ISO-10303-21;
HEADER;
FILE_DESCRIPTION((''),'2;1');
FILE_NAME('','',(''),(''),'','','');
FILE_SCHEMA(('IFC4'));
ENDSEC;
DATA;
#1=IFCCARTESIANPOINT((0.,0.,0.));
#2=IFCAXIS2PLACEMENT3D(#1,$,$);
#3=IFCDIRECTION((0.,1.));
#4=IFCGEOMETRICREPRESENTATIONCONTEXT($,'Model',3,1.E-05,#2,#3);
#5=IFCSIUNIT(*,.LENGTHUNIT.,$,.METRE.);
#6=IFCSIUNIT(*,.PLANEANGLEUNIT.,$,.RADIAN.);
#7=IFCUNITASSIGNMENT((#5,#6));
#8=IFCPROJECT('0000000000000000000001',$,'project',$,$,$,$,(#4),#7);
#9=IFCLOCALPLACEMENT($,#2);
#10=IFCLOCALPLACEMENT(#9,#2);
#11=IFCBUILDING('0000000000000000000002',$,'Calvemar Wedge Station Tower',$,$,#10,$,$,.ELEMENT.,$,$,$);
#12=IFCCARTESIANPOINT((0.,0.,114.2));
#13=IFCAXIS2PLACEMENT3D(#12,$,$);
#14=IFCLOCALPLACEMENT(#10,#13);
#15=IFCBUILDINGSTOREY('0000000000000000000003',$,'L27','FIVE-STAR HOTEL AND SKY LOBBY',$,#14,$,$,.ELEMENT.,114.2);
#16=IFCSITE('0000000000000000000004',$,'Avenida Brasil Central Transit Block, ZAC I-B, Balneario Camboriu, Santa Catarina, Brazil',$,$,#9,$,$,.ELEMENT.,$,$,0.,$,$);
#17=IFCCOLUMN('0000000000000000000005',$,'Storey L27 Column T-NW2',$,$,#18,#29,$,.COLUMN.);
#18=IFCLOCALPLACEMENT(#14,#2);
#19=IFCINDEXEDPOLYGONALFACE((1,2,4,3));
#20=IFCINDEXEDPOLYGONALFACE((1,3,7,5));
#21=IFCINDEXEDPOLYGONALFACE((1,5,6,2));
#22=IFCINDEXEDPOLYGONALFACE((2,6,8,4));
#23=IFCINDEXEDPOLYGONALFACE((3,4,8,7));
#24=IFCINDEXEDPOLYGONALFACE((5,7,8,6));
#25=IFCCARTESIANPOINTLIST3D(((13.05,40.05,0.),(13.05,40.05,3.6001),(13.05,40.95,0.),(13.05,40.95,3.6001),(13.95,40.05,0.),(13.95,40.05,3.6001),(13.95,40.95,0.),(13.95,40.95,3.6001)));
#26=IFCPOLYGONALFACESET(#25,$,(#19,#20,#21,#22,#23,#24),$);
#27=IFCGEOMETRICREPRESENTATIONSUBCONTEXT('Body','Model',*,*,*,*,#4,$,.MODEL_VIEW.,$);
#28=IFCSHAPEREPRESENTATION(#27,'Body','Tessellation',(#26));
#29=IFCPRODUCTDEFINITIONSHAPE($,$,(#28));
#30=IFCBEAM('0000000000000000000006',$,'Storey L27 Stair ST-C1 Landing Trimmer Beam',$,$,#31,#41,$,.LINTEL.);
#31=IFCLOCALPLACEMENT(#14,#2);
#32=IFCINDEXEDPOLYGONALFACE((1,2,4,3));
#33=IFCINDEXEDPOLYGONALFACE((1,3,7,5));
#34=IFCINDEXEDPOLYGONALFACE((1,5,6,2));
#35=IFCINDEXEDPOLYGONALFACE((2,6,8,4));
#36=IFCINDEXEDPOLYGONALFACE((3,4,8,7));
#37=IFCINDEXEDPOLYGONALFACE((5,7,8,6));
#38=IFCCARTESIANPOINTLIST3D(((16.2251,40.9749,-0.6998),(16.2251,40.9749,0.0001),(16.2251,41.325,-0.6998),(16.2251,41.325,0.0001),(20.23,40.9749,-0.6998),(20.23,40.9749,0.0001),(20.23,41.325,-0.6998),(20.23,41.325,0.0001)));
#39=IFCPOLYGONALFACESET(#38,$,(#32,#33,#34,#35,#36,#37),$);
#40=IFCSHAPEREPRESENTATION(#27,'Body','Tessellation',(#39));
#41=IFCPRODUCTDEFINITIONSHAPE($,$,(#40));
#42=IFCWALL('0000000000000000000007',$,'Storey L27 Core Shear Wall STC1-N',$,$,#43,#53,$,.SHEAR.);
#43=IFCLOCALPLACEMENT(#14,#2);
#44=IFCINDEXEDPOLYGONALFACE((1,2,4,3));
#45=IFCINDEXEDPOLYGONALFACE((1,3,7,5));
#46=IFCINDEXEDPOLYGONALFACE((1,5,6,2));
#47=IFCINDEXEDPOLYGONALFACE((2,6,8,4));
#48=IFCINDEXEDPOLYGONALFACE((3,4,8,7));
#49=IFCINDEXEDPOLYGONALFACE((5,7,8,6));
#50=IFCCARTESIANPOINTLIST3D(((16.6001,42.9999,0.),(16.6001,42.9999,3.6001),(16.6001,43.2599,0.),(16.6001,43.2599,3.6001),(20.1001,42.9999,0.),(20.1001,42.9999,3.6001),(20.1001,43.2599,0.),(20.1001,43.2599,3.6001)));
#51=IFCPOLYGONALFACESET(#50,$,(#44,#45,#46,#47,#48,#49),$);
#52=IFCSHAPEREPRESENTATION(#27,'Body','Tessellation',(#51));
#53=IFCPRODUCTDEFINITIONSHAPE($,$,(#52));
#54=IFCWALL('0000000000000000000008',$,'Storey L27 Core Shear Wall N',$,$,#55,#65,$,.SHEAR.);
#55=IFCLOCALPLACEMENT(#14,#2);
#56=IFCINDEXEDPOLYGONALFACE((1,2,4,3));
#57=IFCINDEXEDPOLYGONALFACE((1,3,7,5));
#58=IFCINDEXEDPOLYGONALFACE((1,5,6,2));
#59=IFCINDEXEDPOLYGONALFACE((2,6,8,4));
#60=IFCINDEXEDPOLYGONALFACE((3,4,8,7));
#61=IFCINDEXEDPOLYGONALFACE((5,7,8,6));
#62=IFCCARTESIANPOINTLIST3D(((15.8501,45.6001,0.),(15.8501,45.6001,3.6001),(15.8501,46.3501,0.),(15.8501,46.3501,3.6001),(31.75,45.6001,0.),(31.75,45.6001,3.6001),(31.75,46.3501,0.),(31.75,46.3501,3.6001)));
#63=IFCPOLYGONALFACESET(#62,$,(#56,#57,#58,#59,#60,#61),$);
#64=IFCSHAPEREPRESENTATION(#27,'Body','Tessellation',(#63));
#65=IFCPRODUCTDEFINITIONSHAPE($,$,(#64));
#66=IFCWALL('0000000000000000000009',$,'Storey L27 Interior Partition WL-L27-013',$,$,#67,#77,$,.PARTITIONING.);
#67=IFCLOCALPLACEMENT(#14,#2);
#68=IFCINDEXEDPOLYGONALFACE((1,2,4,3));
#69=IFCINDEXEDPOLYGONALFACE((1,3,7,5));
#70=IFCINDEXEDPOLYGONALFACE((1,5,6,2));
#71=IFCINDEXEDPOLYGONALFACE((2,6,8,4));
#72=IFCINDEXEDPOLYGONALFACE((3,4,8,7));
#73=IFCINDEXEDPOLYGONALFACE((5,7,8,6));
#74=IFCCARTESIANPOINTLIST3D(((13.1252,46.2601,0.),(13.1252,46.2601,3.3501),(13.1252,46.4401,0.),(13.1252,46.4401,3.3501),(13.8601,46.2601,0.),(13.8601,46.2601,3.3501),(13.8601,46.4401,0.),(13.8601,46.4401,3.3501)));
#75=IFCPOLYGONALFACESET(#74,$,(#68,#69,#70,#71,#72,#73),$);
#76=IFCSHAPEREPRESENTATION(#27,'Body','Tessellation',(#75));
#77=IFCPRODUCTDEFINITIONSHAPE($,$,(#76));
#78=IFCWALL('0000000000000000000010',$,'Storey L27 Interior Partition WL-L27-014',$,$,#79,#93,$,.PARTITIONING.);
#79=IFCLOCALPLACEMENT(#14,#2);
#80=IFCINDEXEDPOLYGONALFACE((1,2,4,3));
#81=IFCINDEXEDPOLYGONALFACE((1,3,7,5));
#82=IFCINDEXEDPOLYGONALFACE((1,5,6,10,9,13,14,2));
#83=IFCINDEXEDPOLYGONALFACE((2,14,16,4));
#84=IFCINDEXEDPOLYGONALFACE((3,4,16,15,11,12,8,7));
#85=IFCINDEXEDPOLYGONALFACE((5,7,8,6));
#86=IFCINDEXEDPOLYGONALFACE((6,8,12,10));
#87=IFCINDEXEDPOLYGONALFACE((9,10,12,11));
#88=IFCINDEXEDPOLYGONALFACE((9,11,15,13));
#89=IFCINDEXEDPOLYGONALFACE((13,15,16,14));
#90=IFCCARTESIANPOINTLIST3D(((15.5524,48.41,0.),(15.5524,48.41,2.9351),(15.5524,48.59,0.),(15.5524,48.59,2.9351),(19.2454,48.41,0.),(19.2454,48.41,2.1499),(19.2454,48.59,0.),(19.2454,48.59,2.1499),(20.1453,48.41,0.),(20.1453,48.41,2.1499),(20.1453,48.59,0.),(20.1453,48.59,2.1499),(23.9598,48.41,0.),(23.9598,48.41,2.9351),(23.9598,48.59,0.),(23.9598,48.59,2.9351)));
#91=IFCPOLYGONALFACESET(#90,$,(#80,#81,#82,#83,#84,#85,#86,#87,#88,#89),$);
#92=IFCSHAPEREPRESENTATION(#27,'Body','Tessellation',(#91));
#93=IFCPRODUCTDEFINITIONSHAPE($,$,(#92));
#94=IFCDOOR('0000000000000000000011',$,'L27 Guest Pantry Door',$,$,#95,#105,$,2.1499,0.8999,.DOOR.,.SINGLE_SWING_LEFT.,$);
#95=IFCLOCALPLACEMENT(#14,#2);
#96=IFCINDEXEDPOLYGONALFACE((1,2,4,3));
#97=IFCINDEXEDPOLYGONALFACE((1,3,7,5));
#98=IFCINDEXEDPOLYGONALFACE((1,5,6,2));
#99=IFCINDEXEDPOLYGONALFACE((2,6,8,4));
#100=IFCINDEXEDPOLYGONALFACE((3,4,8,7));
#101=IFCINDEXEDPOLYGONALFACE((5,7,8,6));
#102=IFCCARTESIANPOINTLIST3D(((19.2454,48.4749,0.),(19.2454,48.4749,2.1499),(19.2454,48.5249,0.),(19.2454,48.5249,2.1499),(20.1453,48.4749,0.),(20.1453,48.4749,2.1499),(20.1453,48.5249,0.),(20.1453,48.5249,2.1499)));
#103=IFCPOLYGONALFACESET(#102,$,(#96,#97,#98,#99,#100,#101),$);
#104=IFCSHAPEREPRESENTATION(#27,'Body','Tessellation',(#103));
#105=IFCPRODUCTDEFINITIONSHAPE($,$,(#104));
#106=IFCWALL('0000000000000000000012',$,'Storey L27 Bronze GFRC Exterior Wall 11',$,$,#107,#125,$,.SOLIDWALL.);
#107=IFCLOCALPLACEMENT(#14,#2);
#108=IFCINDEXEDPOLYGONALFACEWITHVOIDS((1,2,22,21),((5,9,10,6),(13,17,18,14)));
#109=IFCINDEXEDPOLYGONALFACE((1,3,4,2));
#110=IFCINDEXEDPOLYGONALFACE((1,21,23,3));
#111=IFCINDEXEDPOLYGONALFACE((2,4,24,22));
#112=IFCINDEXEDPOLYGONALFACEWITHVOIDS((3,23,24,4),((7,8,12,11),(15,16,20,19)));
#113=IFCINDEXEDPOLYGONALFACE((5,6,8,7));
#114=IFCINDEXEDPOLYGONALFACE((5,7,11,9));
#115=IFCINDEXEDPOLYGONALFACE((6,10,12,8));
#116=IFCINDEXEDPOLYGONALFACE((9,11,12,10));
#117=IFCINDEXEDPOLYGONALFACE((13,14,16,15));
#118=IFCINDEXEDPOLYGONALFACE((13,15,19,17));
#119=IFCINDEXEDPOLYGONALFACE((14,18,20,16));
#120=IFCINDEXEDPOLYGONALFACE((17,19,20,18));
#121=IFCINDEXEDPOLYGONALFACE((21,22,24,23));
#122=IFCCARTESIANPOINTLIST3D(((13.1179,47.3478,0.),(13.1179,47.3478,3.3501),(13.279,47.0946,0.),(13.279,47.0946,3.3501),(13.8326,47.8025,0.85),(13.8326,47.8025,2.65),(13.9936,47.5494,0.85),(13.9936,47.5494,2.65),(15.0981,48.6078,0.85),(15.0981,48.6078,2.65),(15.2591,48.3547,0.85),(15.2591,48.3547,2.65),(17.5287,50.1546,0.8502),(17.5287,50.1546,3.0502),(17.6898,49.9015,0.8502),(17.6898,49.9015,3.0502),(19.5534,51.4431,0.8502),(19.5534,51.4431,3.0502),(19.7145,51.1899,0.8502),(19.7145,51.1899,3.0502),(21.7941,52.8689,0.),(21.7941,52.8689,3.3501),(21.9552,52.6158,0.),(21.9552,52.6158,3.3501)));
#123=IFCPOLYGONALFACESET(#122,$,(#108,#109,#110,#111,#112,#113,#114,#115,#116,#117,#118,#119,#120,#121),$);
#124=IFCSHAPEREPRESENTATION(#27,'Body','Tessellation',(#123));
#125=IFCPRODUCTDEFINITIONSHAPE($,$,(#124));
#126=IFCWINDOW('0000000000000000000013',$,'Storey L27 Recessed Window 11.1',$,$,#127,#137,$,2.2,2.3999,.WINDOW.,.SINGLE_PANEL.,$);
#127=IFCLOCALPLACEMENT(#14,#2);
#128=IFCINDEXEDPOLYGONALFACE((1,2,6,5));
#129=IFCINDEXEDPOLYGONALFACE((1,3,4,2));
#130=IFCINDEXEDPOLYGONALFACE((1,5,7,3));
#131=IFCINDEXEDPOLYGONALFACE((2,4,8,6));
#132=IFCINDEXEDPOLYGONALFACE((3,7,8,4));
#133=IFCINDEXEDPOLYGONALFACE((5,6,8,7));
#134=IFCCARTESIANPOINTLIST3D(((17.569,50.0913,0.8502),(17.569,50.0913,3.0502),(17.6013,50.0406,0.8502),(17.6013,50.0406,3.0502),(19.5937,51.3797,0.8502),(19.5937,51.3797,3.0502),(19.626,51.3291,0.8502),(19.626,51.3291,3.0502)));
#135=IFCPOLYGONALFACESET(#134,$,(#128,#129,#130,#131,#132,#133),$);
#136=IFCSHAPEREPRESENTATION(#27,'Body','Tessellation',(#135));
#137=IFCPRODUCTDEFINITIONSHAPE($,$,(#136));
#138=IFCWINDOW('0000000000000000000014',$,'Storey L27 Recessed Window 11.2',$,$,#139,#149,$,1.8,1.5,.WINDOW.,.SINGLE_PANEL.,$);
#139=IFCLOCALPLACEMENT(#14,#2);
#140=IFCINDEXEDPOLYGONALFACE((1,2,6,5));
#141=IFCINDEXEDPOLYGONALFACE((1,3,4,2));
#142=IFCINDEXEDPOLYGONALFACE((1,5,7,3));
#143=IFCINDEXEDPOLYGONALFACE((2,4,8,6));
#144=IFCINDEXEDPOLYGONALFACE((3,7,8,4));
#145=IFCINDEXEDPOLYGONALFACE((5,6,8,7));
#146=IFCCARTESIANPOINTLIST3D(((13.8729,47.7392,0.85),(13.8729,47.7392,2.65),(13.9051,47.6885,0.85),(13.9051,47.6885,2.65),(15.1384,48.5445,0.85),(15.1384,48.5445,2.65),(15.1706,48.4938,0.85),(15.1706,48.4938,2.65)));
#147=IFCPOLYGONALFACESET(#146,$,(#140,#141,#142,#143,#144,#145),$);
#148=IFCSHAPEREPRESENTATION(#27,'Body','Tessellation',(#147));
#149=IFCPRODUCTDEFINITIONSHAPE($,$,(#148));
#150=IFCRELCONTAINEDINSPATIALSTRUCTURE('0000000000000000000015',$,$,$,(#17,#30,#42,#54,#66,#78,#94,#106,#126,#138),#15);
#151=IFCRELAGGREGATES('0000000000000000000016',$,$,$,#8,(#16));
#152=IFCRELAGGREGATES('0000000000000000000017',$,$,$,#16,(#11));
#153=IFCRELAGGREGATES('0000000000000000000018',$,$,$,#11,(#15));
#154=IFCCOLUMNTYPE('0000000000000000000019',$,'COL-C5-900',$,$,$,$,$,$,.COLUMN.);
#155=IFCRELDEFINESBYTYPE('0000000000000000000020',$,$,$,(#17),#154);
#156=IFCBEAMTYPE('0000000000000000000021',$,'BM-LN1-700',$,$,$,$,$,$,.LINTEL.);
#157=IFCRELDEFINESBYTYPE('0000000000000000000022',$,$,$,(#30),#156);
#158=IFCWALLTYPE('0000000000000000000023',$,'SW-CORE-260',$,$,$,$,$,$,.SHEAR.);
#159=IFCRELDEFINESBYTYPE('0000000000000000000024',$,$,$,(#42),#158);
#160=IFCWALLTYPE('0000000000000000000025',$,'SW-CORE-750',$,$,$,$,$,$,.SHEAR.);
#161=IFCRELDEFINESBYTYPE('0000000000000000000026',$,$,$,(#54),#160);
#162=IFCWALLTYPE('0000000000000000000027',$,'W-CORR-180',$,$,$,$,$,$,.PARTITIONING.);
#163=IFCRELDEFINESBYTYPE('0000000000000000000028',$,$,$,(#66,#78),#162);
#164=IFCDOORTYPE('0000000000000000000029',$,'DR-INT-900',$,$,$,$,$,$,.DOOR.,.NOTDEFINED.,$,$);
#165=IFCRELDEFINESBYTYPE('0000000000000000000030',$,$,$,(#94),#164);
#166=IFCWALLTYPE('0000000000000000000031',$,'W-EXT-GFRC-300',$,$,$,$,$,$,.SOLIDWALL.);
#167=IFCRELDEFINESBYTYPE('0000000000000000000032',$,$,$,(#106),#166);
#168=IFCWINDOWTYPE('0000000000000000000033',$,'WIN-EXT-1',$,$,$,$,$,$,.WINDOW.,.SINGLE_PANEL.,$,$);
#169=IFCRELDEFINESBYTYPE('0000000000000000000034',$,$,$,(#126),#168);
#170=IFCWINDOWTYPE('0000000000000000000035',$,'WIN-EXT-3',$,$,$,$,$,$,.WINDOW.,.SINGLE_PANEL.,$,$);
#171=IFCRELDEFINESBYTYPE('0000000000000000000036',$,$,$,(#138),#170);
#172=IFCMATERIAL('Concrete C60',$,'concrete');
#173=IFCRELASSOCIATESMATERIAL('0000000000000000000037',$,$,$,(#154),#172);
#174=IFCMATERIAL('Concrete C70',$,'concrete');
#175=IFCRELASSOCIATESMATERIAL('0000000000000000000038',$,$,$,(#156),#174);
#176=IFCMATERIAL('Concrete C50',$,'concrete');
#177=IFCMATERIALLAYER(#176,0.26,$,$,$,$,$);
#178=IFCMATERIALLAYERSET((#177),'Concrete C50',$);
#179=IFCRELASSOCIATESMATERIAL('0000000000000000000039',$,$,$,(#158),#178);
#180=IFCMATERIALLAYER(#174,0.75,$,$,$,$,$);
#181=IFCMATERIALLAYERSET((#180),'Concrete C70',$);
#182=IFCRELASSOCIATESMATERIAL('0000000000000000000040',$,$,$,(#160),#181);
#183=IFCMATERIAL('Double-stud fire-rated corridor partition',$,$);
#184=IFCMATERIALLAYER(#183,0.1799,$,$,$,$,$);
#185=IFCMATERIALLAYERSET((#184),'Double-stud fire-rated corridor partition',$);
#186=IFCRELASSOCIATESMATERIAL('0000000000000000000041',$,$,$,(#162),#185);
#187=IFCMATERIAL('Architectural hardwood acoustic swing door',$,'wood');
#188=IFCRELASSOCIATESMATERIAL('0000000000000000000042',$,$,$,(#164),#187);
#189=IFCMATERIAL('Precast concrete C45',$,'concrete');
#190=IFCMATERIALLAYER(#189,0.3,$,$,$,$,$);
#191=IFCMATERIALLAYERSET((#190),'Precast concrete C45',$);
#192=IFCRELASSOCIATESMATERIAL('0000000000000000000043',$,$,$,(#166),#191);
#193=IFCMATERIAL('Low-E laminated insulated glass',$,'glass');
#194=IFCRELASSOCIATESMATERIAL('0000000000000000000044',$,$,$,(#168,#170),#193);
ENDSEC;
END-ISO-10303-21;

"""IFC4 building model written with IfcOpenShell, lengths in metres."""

from ifc_helpers import new_model, si_unit, direction, frame, frame_2d, origin, origin_2d, place, context, subcontext, project, spatial, rectangle, extrude, source, transform, mapped, material, layer, layer_set, material_profile, profile_set, type_object, element, fill, save


model = new_model("IFC4")

# Units and contexts
model_context = context("Model", 3, precision=1e-05, world=origin(), true_north=direction((0.0, 1.0)))
body_context = subcontext(model_context, "Body", "Model", "MODEL_VIEW")
ifc_project = project(units=[si_unit("LENGTHUNIT", "METRE"), si_unit("PLANEANGLEUNIT", "RADIAN")], contexts=[model_context])

# Site, building, storey
site_placement = place(None, origin())
site = spatial("IfcSite", under=ifc_project, at=site_placement, Name="Avenida Brasil Central Transit Block, ZAC I-B, Balneario Camboriu, Santa Catarina, Brazil", CompositionType="ELEMENT", RefElevation=0.0)
building_placement = place(site_placement, origin())
building = spatial("IfcBuilding", under=site, at=building_placement, Name="Calvemar Wedge Station Tower", CompositionType="ELEMENT")
storey_placement = place(building_placement, frame((0.0, 0.0, 114.2)))
storey = spatial("IfcBuildingStorey", under=building, at=storey_placement, Name="L27", Description="FIVE-STAR HOTEL AND SKY LOBBY", CompositionType="ELEMENT", Elevation=114.2)

# Column
ifc_material_1 = material(Name="Concrete C60", Category="concrete")
ifc_material_profile_1 = material_profile(ifc_material_1, rectangle(XDim=0.8999, YDim=0.8999, at=origin_2d()), Name="RC900x900")
ifc_profile_set_1 = profile_set([ifc_material_profile_1], Name="Concrete C60")
column_type = type_object("IfcColumnType", Name="COL-C5-900", PredefinedType="COLUMN", material=ifc_profile_set_1)
shared_shape_1 = source(origin(), body_context, "Body", "SweptSolid", [
    extrude(rectangle(XDim=0.8999, YDim=0.8999, at=origin_2d()), origin(), (0.0, 0.0, 1.0), 3.6001),
])
column_placement = place(storey_placement, frame((13.5, 40.5, 0.0), z_axis=(0.0, 0.0, 1.0), x_axis=(1.0, 0.0, 0.0)))
element("IfcColumn", 1, at=column_placement, inside=storey, type_object=column_type, Name="Storey L27 Column T-NW2", PredefinedType="COLUMN", context=body_context, shape_type="MappedRepresentation", body=[
    mapped(shared_shape_1, transform((0.0, 0.0, 0.0), scale=1.0)),
])

# Beam
ifc_material_2 = material(Name="Concrete C70", Category="concrete")
ifc_material_profile_2 = material_profile(ifc_material_2, rectangle(XDim=0.3501, YDim=0.7, at=origin_2d()), Name="RC350x700")
ifc_profile_set_2 = profile_set([ifc_material_profile_2], Name="Concrete C70")
beam_type = type_object("IfcBeamType", Name="BM-LN1-700", PredefinedType="LINTEL", material=ifc_profile_set_2)
shared_shape_2 = source(origin(), body_context, "Body", "SweptSolid", [
    extrude(rectangle(XDim=0.3501, YDim=0.7, at=origin_2d()), origin(), (0.0, 0.0, 1.0), 4.0049),
])
beam_placement = place(storey_placement, frame((16.2251, 41.1499, -0.3499), z_axis=(1.0, 0.0, 0.0), x_axis=(0.0, 1.0, 0.0)))
element("IfcBeam", 2, at=beam_placement, inside=storey, type_object=beam_type, Name="Storey L27 Stair ST-C1 Landing Trimmer Beam", PredefinedType="LINTEL", context=body_context, shape_type="MappedRepresentation", body=[
    mapped(shared_shape_2, transform((0.0, 0.0, 0.0), scale=1.0)),
])

# Walls
ifc_material_3 = material(Name="Concrete C50", Category="concrete")
ifc_layer_1 = layer(ifc_material_3, 0.26)
ifc_layer_set_1 = layer_set([ifc_layer_1], Name="Concrete C50")
wall_type_1 = type_object("IfcWallType", Name="SW-CORE-260", PredefinedType="SHEAR", material=ifc_layer_set_1)
wall_1_placement = place(storey_placement, frame((16.6001, 43.1299, 0.0), z_axis=(0.0, 0.0, 1.0), x_axis=(1.0, 0.0, 0.0)))
element("IfcWall", 3, at=wall_1_placement, inside=storey, type_object=wall_type_1, Name="Storey L27 Core Shear Wall STC1-N", PredefinedType="SHEAR", context=body_context, shape_type="SweptSolid", body=[
    extrude(rectangle(XDim=3.5, YDim=0.26, at=frame_2d((1.75, 0.0))), origin(), (0.0, 0.0, 1.0), 3.6001),
])
ifc_layer_2 = layer(ifc_material_2, 0.75)
ifc_layer_set_2 = layer_set([ifc_layer_2], Name="Concrete C70")
wall_type_2 = type_object("IfcWallType", Name="SW-CORE-750", PredefinedType="SHEAR", material=ifc_layer_set_2)
wall_2_placement = place(storey_placement, frame((15.8501, 45.9751, 0.0), z_axis=(0.0, 0.0, 1.0), x_axis=(1.0, 0.0, 0.0)))
element("IfcWall", 4, at=wall_2_placement, inside=storey, type_object=wall_type_2, Name="Storey L27 Core Shear Wall N", PredefinedType="SHEAR", context=body_context, shape_type="SweptSolid", body=[
    extrude(rectangle(XDim=15.8999, YDim=0.75, at=frame_2d((7.95, 0.0))), origin(), (0.0, 0.0, 1.0), 3.6001),
])
ifc_material_4 = material(Name="Double-stud fire-rated corridor partition")
ifc_layer_3 = layer(ifc_material_4, 0.1799)
ifc_layer_set_3 = layer_set([ifc_layer_3], Name="Double-stud fire-rated corridor partition")
wall_type_3 = type_object("IfcWallType", Name="W-CORR-180", PredefinedType="PARTITIONING", material=ifc_layer_set_3)
wall_3_placement = place(storey_placement, frame((13.8601, 46.3501, 0.0), z_axis=(0.0, 0.0, 1.0), x_axis=(-1.0, 0.0, 0.0)))
element("IfcWall", 5, at=wall_3_placement, inside=storey, type_object=wall_type_3, Name="Storey L27 Interior Partition WL-L27-013", PredefinedType="PARTITIONING", context=body_context, shape_type="SweptSolid", body=[
    extrude(rectangle(XDim=0.7349, YDim=0.1799, at=frame_2d((0.3674, 0.0))), origin(), (0.0, 0.0, 1.0), 3.3501),
])

# Wall, opening, door
wall_4_placement = place(storey_placement, frame((15.5525, 48.5, 0.0), z_axis=(0.0, 0.0, 1.0), x_axis=(1.0, 0.0, 0.0)))
wall_4 = element("IfcWall", 6, at=wall_4_placement, inside=storey, type_object=wall_type_3, Name="Storey L27 Interior Partition WL-L27-014", PredefinedType="PARTITIONING", context=body_context, shape_type="SweptSolid", body=[
    extrude(rectangle(XDim=8.4075, YDim=0.1799, at=frame_2d((4.2036, 0.0))), origin(), (0.0, 0.0, 1.0), 2.9351),
])
shared_shape_3 = source(origin(), body_context, "Body", "SweptSolid", [
    extrude(rectangle(XDim=0.8999, YDim=2.1499, at=frame_2d((0.45, 1.075))), frame((0.0, 0.1001, 0.0), z_axis=(0.0, -1.0, 0.0), x_axis=(1.0, 0.0, 0.0)), (0.0, 0.0, 1.0), 0.2),
])
opening_1_placement = place(wall_4_placement, frame((3.6929, 0.0, 0.0)))
opening_1 = element("IfcOpeningElement", 7, at=opening_1_placement, cuts=wall_4, PredefinedType="OPENING", context=body_context, shape_type="MappedRepresentation", body=[
    mapped(shared_shape_3, transform((0.0, 0.0, 0.0), scale=1.0)),
])
ifc_material_5 = material(Name="Architectural hardwood acoustic swing door", Category="wood")
door_type_1 = type_object("IfcDoorType", Name="DR-INT-900", OperationType="NOTDEFINED", PredefinedType="DOOR", material=ifc_material_5)
shared_shape_4 = source(origin(), body_context, "Body", "SweptSolid", [
    extrude(rectangle(XDim=0.8999, YDim=2.1499, at=frame_2d((0.45, 1.075))), frame((0.0, 0.0249, 0.0), z_axis=(0.0, -1.0, 0.0), x_axis=(1.0, 0.0, 0.0)), (0.0, 0.0, 1.0), 0.05),
])
door_1_placement = place(opening_1_placement, origin())
door_1 = element("IfcDoor", 8, at=door_1_placement, inside=storey, type_object=door_type_1, Name="L27 Guest Pantry Door", OperationType="SINGLE_SWING_LEFT", OverallHeight=2.1499, OverallWidth=0.8999, PredefinedType="DOOR", context=body_context, shape_type="MappedRepresentation", body=[
    mapped(shared_shape_4, transform((0.0, 0.0, 0.0), scale=1.0)),
])
fill(opening_1, door_1)

# Wall, openings, windows
ifc_material_6 = material(Name="Precast concrete C45", Category="concrete")
ifc_layer_4 = layer(ifc_material_6, 0.3)
ifc_layer_set_4 = layer_set([ifc_layer_4], Name="Precast concrete C45")
wall_type_4 = type_object("IfcWallType", Name="W-EXT-GFRC-300", PredefinedType="SOLIDWALL", material=ifc_layer_set_4)
wall_5_placement = place(storey_placement, frame((21.8748, 52.7424, 0.0), z_axis=(0.0, 0.0, 1.0), x_axis=(-0.843662, -0.536874, 0.0)))
wall_5 = element("IfcWall", 9, at=wall_5_placement, inside=storey, type_object=wall_type_4, Name="Storey L27 Bronze GFRC Exterior Wall 11", PredefinedType="SOLIDWALL", context=body_context, shape_type="SweptSolid", body=[
    extrude(rectangle(XDim=10.2839, YDim=0.3, at=frame_2d((5.1421, 0.0))), origin(), (0.0, 0.0, 1.0), 3.3501),
])
shared_shape_5 = source(origin(), body_context, "Body", "SweptSolid", [
    extrude(rectangle(XDim=2.3999, YDim=2.2, at=frame_2d((1.2, 1.1001))), frame((0.0, 0.1602, 0.0), z_axis=(0.0, -1.0, 0.0), x_axis=(1.0, 0.0, 0.0)), (0.0, 0.0, 1.0), 0.3201),
])
opening_2_placement = place(wall_5_placement, frame((2.656, 0.0, 0.8501)))
opening_2 = element("IfcOpeningElement", 10, at=opening_2_placement, cuts=wall_5, PredefinedType="OPENING", context=body_context, shape_type="MappedRepresentation", body=[
    mapped(shared_shape_5, transform((0.0, 0.0, 0.0), scale=1.0)),
])
shared_shape_6 = source(origin(), body_context, "Body", "SweptSolid", [
    extrude(rectangle(XDim=1.5, YDim=1.8, at=frame_2d((0.75, 0.8999))), frame((0.0, 0.1602, 0.0), z_axis=(0.0, -1.0, 0.0), x_axis=(1.0, 0.0, 0.0)), (0.0, 0.0, 1.0), 0.3201),
])
opening_3_placement = place(wall_5_placement, frame((7.937, 0.0, 0.8501)))
opening_3 = element("IfcOpeningElement", 11, at=opening_3_placement, cuts=wall_5, PredefinedType="OPENING", context=body_context, shape_type="MappedRepresentation", body=[
    mapped(shared_shape_6, transform((0.0, 0.0, 0.0), scale=1.0)),
])
ifc_material_7 = material(Name="Low-E laminated insulated glass", Category="glass")
window_type_1 = type_object("IfcWindowType", Name="WIN-EXT-1", PartitioningType="SINGLE_PANEL", PredefinedType="WINDOW", material=ifc_material_7)
shared_shape_7 = source(origin(), body_context, "Body", "SweptSolid", [
    extrude(rectangle(XDim=2.3999, YDim=2.2, at=frame_2d((1.2, 1.1001))), frame((0.0, -0.0149, 0.0), z_axis=(0.0, -1.0, 0.0), x_axis=(1.0, 0.0, 0.0)), (0.0, 0.0, 1.0), 0.0601),
])
window_1_placement = place(opening_2_placement, origin())
window_1 = element("IfcWindow", 12, at=window_1_placement, inside=storey, type_object=window_type_1, Name="Storey L27 Recessed Window 11.1", OverallHeight=2.2, OverallWidth=2.3999, PartitioningType="SINGLE_PANEL", PredefinedType="WINDOW", context=body_context, shape_type="MappedRepresentation", body=[
    mapped(shared_shape_7, transform((0.0, 0.0, 0.0), scale=1.0)),
])
fill(opening_2, window_1)
window_type_2 = type_object("IfcWindowType", Name="WIN-EXT-3", PartitioningType="SINGLE_PANEL", PredefinedType="WINDOW", material=ifc_material_7)
shared_shape_8 = source(origin(), body_context, "Body", "SweptSolid", [
    extrude(rectangle(XDim=1.5, YDim=1.8, at=frame_2d((0.75, 0.8999))), frame((0.0, -0.0149, 0.0), z_axis=(0.0, -1.0, 0.0), x_axis=(1.0, 0.0, 0.0)), (0.0, 0.0, 1.0), 0.0601),
])
window_2_placement = place(opening_3_placement, origin())
window_2 = element("IfcWindow", 13, at=window_2_placement, inside=storey, type_object=window_type_2, Name="Storey L27 Recessed Window 11.2", OverallHeight=1.8, OverallWidth=1.5, PartitioningType="SINGLE_PANEL", PredefinedType="WINDOW", context=body_context, shape_type="MappedRepresentation", body=[
    mapped(shared_shape_8, transform((0.0, 0.0, 0.0), scale=1.0)),
])
fill(opening_3, window_2)

save(model, "model.ifc")
